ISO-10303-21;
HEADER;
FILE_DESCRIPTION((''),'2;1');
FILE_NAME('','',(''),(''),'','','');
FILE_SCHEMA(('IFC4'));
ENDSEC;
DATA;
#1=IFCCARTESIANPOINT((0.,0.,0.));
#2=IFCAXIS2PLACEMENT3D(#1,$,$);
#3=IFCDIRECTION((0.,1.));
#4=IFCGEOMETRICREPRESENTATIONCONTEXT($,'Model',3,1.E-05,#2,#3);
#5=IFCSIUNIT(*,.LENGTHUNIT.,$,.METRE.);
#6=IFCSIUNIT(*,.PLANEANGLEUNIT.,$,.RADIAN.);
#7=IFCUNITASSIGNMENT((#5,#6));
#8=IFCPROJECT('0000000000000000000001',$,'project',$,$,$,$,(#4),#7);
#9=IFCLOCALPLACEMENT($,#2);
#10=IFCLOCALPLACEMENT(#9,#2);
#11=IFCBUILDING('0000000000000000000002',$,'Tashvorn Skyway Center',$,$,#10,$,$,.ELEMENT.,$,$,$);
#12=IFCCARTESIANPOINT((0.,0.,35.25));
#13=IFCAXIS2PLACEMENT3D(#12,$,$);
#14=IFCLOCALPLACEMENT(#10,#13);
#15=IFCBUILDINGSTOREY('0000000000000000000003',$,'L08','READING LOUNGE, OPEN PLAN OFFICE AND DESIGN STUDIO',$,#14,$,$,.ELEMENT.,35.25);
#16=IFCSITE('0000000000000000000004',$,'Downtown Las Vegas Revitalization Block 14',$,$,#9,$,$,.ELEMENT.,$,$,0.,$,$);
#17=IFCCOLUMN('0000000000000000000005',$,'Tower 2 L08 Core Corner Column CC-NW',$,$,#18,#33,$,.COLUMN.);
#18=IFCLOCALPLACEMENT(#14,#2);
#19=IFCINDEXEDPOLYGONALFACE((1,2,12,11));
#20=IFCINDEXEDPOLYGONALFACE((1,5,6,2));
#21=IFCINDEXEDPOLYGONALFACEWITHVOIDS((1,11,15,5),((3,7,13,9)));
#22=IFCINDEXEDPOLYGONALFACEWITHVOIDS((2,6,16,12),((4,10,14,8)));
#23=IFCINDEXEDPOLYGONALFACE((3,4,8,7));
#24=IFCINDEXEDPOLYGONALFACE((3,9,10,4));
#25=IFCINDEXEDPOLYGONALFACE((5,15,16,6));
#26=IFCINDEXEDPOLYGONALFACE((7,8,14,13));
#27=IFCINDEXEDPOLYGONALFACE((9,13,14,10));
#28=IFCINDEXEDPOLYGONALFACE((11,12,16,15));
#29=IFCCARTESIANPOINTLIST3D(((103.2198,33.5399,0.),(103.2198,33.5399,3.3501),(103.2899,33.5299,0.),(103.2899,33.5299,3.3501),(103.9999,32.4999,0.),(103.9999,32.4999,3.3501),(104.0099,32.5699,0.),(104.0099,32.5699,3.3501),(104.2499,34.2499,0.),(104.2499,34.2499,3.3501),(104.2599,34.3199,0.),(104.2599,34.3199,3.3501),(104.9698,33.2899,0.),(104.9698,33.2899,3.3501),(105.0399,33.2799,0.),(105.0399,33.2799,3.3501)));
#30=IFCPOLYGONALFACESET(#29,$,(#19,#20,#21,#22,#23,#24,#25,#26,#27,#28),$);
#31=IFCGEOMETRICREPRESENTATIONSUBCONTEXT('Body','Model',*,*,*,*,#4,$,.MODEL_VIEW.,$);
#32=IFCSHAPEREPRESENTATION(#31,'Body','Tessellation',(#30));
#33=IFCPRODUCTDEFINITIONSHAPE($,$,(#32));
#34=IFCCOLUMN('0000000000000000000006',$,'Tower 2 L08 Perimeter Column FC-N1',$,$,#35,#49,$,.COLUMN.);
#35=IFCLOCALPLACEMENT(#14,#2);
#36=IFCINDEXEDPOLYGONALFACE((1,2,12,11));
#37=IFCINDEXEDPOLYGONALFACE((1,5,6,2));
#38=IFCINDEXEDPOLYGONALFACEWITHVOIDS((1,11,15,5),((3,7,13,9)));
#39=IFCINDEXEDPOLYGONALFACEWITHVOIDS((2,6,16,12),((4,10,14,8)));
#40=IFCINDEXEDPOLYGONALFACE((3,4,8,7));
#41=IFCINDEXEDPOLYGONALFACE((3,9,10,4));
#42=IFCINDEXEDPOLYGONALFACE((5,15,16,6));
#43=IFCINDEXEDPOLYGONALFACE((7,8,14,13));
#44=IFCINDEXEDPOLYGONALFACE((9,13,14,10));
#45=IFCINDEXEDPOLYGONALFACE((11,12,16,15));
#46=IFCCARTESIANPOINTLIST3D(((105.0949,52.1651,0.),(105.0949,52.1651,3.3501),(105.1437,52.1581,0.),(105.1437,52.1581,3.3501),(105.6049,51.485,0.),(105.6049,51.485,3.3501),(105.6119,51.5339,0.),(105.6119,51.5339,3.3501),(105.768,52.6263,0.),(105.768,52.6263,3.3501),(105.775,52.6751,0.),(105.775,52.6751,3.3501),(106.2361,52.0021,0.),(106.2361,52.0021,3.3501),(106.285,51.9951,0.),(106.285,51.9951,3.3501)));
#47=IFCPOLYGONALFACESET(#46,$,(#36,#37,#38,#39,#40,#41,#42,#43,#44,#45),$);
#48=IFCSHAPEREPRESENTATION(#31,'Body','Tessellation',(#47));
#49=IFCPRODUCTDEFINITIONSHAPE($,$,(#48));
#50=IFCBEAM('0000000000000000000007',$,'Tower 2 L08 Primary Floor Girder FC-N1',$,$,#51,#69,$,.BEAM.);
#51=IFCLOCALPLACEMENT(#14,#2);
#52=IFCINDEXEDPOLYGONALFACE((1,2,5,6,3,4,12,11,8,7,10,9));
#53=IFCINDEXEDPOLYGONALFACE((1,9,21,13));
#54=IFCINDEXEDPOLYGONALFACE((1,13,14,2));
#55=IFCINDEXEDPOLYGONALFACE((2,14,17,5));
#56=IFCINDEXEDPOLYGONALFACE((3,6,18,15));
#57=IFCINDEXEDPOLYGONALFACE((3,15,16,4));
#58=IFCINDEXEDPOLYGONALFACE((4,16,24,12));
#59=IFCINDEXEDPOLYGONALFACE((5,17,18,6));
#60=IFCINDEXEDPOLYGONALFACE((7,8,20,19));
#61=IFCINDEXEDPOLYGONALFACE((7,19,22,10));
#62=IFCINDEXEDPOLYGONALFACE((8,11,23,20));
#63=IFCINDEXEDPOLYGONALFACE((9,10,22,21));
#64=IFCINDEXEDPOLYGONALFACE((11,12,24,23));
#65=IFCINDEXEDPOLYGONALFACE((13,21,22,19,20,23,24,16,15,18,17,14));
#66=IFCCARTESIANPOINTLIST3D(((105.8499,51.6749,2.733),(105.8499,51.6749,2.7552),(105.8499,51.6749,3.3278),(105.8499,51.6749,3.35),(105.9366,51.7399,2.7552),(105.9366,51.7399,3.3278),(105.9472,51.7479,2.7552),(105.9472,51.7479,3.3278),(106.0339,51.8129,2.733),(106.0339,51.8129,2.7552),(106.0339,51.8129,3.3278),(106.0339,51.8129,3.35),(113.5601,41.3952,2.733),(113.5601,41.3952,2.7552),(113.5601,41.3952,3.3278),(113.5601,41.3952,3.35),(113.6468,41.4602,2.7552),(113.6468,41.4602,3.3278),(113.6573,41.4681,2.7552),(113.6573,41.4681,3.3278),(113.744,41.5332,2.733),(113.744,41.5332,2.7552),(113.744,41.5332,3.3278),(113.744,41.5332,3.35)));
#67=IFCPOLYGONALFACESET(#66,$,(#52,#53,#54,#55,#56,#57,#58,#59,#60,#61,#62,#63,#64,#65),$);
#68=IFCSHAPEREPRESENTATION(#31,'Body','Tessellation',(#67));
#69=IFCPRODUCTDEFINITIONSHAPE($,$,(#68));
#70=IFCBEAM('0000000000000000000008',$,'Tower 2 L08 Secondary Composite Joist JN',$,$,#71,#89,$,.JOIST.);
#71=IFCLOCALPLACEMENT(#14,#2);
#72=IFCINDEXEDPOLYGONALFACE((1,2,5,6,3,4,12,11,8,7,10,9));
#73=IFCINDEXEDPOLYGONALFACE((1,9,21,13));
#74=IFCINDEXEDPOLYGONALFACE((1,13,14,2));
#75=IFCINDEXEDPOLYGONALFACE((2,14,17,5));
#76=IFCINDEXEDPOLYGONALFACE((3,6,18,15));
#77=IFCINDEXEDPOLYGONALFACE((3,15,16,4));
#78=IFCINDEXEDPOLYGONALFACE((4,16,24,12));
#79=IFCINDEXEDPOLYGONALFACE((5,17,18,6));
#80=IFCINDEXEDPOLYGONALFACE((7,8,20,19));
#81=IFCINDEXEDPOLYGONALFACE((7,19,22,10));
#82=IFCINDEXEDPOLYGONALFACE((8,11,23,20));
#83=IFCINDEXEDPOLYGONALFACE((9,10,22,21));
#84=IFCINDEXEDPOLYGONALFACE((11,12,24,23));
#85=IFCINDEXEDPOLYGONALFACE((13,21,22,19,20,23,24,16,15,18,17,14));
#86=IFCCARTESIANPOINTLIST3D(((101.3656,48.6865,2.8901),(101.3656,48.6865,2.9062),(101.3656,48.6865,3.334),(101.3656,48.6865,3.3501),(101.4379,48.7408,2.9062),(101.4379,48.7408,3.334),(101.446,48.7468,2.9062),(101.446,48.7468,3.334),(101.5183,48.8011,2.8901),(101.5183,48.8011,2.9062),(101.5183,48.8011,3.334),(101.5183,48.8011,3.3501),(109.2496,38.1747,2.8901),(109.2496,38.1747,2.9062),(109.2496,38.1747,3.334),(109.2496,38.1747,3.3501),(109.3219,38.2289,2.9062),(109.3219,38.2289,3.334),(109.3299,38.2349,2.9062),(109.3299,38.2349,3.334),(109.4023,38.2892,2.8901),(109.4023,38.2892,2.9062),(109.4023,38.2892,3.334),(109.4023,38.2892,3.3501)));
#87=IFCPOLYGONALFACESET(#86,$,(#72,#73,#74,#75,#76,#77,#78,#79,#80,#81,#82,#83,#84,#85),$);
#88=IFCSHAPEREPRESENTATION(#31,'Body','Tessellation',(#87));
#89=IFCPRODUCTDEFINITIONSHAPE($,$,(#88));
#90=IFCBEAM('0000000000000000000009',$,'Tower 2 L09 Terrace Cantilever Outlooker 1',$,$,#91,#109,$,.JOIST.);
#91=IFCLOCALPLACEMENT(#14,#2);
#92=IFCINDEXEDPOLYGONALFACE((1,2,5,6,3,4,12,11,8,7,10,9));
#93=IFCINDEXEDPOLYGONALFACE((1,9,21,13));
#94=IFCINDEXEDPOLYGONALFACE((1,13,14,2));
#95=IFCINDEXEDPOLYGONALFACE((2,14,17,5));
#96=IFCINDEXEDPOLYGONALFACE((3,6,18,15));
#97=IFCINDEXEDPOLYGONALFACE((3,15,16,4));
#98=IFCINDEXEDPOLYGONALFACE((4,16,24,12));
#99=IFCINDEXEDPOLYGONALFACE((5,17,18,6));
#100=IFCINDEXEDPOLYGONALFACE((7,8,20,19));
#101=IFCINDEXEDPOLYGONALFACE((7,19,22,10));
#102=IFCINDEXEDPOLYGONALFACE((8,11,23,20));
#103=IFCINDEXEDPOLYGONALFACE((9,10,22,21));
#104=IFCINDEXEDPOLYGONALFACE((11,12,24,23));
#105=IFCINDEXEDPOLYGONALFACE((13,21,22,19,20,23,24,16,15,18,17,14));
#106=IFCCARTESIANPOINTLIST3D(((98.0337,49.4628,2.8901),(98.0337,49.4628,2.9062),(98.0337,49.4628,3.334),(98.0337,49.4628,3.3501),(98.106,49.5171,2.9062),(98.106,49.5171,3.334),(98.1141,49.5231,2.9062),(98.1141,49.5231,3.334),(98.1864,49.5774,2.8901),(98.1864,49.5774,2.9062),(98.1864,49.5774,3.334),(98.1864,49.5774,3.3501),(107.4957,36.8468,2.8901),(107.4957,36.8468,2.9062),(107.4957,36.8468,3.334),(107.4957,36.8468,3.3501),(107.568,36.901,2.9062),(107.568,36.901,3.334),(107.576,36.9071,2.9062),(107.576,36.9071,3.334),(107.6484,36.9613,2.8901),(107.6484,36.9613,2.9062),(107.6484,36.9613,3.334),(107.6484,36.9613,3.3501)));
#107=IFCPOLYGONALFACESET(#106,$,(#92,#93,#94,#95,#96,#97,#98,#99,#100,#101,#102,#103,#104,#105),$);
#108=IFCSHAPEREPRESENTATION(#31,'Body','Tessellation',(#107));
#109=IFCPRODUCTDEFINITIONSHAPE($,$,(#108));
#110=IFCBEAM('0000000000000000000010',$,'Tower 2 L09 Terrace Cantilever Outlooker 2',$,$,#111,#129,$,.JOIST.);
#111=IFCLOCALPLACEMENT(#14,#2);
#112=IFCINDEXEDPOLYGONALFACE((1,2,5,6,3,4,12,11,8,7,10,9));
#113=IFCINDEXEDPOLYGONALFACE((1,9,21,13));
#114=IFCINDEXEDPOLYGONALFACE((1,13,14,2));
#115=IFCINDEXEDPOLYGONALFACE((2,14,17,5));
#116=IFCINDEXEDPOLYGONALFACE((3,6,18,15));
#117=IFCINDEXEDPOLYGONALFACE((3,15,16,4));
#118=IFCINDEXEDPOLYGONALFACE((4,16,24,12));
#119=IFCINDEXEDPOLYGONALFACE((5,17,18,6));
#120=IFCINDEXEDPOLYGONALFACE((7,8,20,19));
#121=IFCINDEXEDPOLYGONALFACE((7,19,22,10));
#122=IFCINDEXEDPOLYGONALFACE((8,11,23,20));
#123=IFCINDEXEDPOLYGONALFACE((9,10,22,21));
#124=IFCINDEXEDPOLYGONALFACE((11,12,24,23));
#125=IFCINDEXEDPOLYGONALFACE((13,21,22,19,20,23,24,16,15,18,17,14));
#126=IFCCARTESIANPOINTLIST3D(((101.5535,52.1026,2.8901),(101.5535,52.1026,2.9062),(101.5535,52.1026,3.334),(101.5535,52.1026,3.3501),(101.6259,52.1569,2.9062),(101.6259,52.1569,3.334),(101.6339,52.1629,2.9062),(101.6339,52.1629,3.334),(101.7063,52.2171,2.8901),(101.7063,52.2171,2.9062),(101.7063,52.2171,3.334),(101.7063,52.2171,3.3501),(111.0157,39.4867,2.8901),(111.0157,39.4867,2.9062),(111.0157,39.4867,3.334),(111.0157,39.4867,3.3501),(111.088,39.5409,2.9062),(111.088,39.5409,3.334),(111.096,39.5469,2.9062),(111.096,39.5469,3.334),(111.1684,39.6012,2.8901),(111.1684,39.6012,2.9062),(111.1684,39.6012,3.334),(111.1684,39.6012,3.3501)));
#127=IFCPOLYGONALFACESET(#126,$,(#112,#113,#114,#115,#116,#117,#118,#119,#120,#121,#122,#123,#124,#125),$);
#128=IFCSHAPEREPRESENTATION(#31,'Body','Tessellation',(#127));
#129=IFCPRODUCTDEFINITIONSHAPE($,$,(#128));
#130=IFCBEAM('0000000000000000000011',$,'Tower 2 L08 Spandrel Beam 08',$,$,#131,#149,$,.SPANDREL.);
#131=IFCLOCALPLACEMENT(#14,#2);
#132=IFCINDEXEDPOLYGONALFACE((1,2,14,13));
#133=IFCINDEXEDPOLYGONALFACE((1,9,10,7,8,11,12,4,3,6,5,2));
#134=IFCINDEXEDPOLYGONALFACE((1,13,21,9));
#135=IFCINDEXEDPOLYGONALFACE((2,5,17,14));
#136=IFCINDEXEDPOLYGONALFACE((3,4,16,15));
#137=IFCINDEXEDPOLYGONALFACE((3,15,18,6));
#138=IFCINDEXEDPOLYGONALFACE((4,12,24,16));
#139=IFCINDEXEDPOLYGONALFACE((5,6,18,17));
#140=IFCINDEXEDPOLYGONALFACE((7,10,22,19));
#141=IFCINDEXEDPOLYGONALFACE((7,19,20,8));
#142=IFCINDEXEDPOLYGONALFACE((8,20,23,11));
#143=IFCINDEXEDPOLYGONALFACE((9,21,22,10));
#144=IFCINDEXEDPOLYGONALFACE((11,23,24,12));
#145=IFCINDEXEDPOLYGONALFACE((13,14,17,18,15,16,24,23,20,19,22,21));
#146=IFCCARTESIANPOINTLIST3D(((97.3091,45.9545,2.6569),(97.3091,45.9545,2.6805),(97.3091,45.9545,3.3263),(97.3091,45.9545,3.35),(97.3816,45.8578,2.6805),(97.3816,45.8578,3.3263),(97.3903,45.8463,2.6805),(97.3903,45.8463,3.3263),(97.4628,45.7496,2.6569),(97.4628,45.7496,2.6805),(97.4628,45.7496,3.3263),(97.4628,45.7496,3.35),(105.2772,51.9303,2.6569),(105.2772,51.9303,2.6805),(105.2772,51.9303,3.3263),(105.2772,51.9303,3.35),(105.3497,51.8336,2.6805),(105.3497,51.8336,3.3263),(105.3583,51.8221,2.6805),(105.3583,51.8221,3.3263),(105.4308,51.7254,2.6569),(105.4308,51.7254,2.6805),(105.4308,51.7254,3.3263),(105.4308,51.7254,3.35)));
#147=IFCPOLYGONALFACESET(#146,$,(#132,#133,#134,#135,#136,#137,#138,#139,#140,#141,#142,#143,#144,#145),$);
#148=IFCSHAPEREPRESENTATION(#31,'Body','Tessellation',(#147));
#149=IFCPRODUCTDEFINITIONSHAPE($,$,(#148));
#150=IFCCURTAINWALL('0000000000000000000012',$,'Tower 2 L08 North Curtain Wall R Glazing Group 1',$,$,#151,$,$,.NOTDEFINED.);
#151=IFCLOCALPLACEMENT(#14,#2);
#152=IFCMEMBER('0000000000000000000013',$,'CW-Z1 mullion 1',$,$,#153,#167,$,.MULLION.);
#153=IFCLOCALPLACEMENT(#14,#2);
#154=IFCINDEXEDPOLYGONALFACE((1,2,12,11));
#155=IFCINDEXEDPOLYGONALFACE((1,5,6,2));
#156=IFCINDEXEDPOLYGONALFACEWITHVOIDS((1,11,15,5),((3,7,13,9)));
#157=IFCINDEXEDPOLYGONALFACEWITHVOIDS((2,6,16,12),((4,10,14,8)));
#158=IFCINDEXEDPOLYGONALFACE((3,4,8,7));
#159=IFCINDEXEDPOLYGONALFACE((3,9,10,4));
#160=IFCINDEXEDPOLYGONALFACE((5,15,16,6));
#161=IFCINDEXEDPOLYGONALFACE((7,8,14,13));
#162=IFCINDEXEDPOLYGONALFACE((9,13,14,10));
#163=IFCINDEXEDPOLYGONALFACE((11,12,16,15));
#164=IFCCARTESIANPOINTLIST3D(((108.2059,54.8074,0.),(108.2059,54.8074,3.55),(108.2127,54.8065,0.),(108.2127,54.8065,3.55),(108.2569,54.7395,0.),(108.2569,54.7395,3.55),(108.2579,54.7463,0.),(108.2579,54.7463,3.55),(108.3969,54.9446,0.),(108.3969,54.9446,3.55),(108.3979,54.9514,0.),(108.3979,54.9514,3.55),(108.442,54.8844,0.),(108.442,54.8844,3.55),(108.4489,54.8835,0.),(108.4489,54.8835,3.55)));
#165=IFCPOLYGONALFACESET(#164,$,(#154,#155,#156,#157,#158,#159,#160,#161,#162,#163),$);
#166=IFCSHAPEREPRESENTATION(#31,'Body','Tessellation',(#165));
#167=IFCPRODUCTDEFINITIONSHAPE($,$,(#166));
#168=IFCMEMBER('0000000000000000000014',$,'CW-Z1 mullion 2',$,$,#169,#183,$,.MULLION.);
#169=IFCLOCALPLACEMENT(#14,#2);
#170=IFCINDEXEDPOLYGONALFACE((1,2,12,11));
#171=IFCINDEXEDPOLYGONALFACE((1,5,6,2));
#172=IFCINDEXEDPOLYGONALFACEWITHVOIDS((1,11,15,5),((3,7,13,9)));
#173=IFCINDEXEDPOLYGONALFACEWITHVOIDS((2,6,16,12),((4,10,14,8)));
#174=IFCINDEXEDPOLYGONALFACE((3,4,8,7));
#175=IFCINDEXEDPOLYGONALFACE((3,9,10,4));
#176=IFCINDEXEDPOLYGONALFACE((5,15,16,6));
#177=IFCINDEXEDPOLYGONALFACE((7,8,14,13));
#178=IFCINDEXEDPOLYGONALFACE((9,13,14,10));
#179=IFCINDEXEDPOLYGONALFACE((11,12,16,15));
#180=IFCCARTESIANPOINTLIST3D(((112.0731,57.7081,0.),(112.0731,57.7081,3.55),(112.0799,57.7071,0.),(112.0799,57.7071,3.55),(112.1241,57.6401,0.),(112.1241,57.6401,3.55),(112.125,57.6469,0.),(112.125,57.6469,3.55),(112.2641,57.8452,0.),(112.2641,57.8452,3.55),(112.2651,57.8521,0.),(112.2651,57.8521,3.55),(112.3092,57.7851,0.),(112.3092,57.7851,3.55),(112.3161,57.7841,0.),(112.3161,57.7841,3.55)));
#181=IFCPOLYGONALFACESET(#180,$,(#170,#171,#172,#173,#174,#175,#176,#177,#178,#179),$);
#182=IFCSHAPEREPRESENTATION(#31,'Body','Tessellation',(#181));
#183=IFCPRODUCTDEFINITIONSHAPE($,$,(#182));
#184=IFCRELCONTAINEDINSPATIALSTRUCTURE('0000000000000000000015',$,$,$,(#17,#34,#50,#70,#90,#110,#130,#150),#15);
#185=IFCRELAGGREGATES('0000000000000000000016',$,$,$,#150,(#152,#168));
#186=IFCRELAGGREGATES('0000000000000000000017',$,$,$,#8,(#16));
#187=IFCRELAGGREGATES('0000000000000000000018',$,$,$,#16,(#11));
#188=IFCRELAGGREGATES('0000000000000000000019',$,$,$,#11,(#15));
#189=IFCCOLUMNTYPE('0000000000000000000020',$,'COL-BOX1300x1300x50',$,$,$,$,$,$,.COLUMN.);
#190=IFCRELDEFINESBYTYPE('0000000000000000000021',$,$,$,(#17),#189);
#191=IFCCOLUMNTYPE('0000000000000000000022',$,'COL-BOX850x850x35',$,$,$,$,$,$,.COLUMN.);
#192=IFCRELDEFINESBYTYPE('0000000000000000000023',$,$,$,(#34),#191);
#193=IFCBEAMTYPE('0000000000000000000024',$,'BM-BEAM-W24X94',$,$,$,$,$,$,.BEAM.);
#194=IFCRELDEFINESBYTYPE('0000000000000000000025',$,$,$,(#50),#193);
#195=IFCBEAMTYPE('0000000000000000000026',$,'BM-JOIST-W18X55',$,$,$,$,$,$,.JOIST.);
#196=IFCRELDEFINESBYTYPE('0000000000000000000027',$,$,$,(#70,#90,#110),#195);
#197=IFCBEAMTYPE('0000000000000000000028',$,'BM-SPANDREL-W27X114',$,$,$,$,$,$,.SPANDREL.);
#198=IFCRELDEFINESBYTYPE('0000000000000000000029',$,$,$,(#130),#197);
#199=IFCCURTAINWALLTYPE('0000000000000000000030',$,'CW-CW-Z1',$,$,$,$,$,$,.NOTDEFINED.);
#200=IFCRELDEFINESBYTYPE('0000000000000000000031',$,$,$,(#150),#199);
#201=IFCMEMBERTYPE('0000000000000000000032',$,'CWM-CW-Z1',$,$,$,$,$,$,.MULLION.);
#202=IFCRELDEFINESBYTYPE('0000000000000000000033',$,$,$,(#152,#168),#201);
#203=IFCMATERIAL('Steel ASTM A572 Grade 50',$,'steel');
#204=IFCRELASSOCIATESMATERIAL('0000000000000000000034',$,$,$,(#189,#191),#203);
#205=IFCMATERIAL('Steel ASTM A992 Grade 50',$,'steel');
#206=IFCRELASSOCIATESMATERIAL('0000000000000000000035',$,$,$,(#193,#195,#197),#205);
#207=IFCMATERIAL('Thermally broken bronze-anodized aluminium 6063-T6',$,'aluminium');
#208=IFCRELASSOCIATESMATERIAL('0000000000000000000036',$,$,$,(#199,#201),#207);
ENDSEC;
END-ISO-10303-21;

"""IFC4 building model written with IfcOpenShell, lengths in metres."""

from ifc_helpers import new_model, si_unit, direction, frame, origin, origin_2d, place, context, subcontext, project, spatial, hollow_rectangle, i_section, extrude, material, material_profile, profile_set, type_object, element, aggregate, save


model = new_model("IFC4")

# Units and contexts
model_context = context("Model", 3, precision=1e-05, world=origin(), true_north=direction((0.0, 1.0)))
body_context = subcontext(model_context, "Body", "Model", "MODEL_VIEW")
ifc_project = project(units=[si_unit("LENGTHUNIT", "METRE"), si_unit("PLANEANGLEUNIT", "RADIAN")], contexts=[model_context])

# Site, building, storey
site_placement = place(None, origin())
site = spatial("IfcSite", under=ifc_project, at=site_placement, Name="Downtown Las Vegas Revitalization Block 14", CompositionType="ELEMENT", RefElevation=0.0)
building_placement = place(site_placement, origin())
building = spatial("IfcBuilding", under=site, at=building_placement, Name="Tashvorn Skyway Center", CompositionType="ELEMENT")
storey_placement = place(building_placement, frame((0.0, 0.0, 35.25)))
storey = spatial("IfcBuildingStorey", under=building, at=storey_placement, Name="L08", Description="READING LOUNGE, OPEN PLAN OFFICE AND DESIGN STUDIO", CompositionType="ELEMENT", Elevation=35.25)

# Columns
ifc_material_1 = material(Name="Steel ASTM A572 Grade 50", Category="steel")
ifc_material_profile_1 = material_profile(ifc_material_1, hollow_rectangle(XDim=1.3, YDim=1.3, WallThickness=0.05, at=origin_2d()), Name="BOX1300x1300x50")
ifc_profile_set_1 = profile_set([ifc_material_profile_1], Name="Steel ASTM A572 Grade 50")
column_type_1 = type_object("IfcColumnType", Name="COL-BOX1300x1300x50", PredefinedType="COLUMN", material=ifc_profile_set_1)
column_1_placement = place(storey_placement, frame((104.1299, 33.4099, 0.0), z_axis=(0.0, 0.0, 1.0), x_axis=(0.8, 0.6, 0.0)))
element("IfcColumn", 1, at=column_1_placement, inside=storey, type_object=column_type_1, Name="Tower 2 L08 Core Corner Column CC-NW", PredefinedType="COLUMN", context=body_context, shape_type="SweptSolid", body=[
    extrude(hollow_rectangle(XDim=1.3, YDim=1.3, WallThickness=0.05, at=origin_2d()), origin(), (0.0, 0.0, 1.0), 3.3501),
])
ifc_material_profile_2 = material_profile(ifc_material_1, hollow_rectangle(XDim=0.8501, YDim=0.8501, WallThickness=0.0349, at=origin_2d()), Name="BOX850x850x35")
ifc_profile_set_2 = profile_set([ifc_material_profile_2], Name="Steel ASTM A572 Grade 50")
column_type_2 = type_object("IfcColumnType", Name="COL-BOX850x850x35", PredefinedType="COLUMN", material=ifc_profile_set_2)
column_2_placement = place(storey_placement, frame((105.6899, 52.0801, 0.0), z_axis=(0.0, 0.0, 1.0), x_axis=(0.8, 0.6, 0.0)))
element("IfcColumn", 2, at=column_2_placement, inside=storey, type_object=column_type_2, Name="Tower 2 L08 Perimeter Column FC-N1", PredefinedType="COLUMN", context=body_context, shape_type="SweptSolid", body=[
    extrude(hollow_rectangle(XDim=0.8501, YDim=0.8501, WallThickness=0.0349, at=origin_2d()), origin(), (0.0, 0.0, 1.0), 3.3501),
])

# Beams
ifc_material_2 = material(Name="Steel ASTM A992 Grade 50", Category="steel")
ifc_material_profile_3 = material_profile(ifc_material_2, i_section(OverallWidth=0.23, OverallDepth=0.6169, WebThickness=0.0132, FlangeThickness=0.0222, at=origin_2d()), Name="W24X94")
ifc_profile_set_3 = profile_set([ifc_material_profile_3], Name="Steel ASTM A992 Grade 50")
beam_type_1 = type_object("IfcBeamType", Name="BM-BEAM-W24X94", PredefinedType="BEAM", material=ifc_profile_set_3)
beam_1_placement = place(storey_placement, frame((105.9419, 51.7439, 3.0415), z_axis=(0.600018, -0.799986, 0.0), x_axis=(0.799986, 0.600018, 0.0)))
element("IfcBeam", 3, at=beam_1_placement, inside=storey, type_object=beam_type_1, Name="Tower 2 L08 Primary Floor Girder FC-N1", PredefinedType="BEAM", context=body_context, shape_type="SweptSolid", body=[
    extrude(i_section(OverallWidth=0.23, OverallDepth=0.6169, WebThickness=0.0132, FlangeThickness=0.0222, at=origin_2d()), origin(), (0.0, 0.0, 1.0), 12.8499),
])
ifc_material_profile_4 = material_profile(ifc_material_2, i_section(OverallWidth=0.1909, OverallDepth=0.46, WebThickness=0.01, FlangeThickness=0.0161, at=origin_2d()), Name="W18X55")
ifc_profile_set_4 = profile_set([ifc_material_profile_4], Name="Steel ASTM A992 Grade 50")
beam_type_2 = type_object("IfcBeamType", Name="BM-JOIST-W18X55", PredefinedType="JOIST", material=ifc_profile_set_4)
beam_2_placement = place(storey_placement, frame((109.3259, 38.2319, 3.1201), z_axis=(-0.600003, 0.799998, 0.0), x_axis=(-0.799998, -0.600003, 0.0)))
element("IfcBeam", 4, at=beam_2_placement, inside=storey, type_object=beam_type_2, Name="Tower 2 L08 Secondary Composite Joist JN", PredefinedType="JOIST", context=body_context, shape_type="SweptSolid", body=[
    extrude(i_section(OverallWidth=0.1909, OverallDepth=0.46, WebThickness=0.01, FlangeThickness=0.0161, at=origin_2d()), origin(), (0.0, 0.0, 1.0), 13.1399),
])
for number, where, z_axis, x_axis, name in (
    (5, (107.572, 36.9041, 3.1201), (-0.599998, 0.800002, 0.0), (-0.800002, -0.599998, 0.0), "Tower 2 L09 Terrace Cantilever Outlooker 1"),
    (6, (111.092, 39.5439, 3.1201), (-0.600007, 0.799994, 0.0), (-0.799994, -0.600007, 0.0), "Tower 2 L09 Terrace Cantilever Outlooker 2"),
):
    element("IfcBeam", number, at=place(storey_placement, frame(where, z_axis=z_axis, x_axis=x_axis)), inside=storey, type_object=beam_type_2, Name=name, PredefinedType="JOIST", context=body_context, shape_type="SweptSolid", body=[
        extrude(i_section(OverallWidth=0.1909, OverallDepth=0.46, WebThickness=0.01, FlangeThickness=0.0161, at=origin_2d()), origin(), (0.0, 0.0, 1.0), 15.77),
    ])
ifc_material_profile_5 = material_profile(ifc_material_2, i_section(OverallWidth=0.2561, OverallDepth=0.6931, WebThickness=0.0144, FlangeThickness=0.0237, at=origin_2d()), Name="W27X114")
ifc_profile_set_5 = profile_set([ifc_material_profile_5], Name="Steel ASTM A992 Grade 50")
beam_type_3 = type_object("IfcBeamType", Name="BM-SPANDREL-W27X114", PredefinedType="SPANDREL", material=ifc_profile_set_5)
beam_3_placement = place(storey_placement, frame((105.354, 51.8279, 3.0034), z_axis=(-0.800009, -0.599988, 0.0), x_axis=(0.599988, -0.800009, 0.0)))
element("IfcBeam", 7, at=beam_3_placement, inside=storey, type_object=beam_type_3, Name="Tower 2 L08 Spandrel Beam 08", PredefinedType="SPANDREL", context=body_context, shape_type="SweptSolid", body=[
    extrude(i_section(OverallWidth=0.2561, OverallDepth=0.6931, WebThickness=0.0144, FlangeThickness=0.0237, at=origin_2d()), origin(), (0.0, 0.0, 1.0), 9.96),
])

# Curtain wall, members
ifc_material_3 = material(Name="Thermally broken bronze-anodized aluminium 6063-T6", Category="aluminium")
curtain_wall_type = type_object("IfcCurtainWallType", Name="CW-CW-Z1", PredefinedType="NOTDEFINED", material=ifc_material_3)
curtain_wall_placement = place(storey_placement, origin())
curtain_wall = element("IfcCurtainWall", 8, at=curtain_wall_placement, inside=storey, type_object=curtain_wall_type, Name="Tower 2 L08 North Curtain Wall R Glazing Group 1", PredefinedType="NOTDEFINED")
ifc_material_profile_6 = material_profile(ifc_material_3, hollow_rectangle(XDim=0.085, YDim=0.24, WallThickness=0.0049, at=origin_2d()), Name="ALU-MULL-85x240")
ifc_profile_set_6 = profile_set([ifc_material_profile_6], Name="Thermally broken bronze-anodized aluminium 6063-T6")
member_type_1 = type_object("IfcMemberType", Name="CWM-CW-Z1", PredefinedType="MULLION", material=ifc_profile_set_6)
member_1_placement = place(storey_placement, frame((108.3274, 54.8455, 0.0), z_axis=(0.0, 0.0, 1.0), x_axis=(-0.599998, 0.800001, 0.0)))
member_1 = element("IfcMember", 9, at=member_1_placement, type_object=member_type_1, Name="CW-Z1 mullion 1", PredefinedType="MULLION", context=body_context, shape_type="SweptSolid", body=[
    extrude(hollow_rectangle(XDim=0.085, YDim=0.24, WallThickness=0.0049, at=origin_2d()), origin(), (0.0, 0.0, 1.0), 3.55),
])
member_2_placement = place(storey_placement, frame((112.1946, 57.7461, 0.0), z_axis=(0.0, 0.0, 1.0), x_axis=(-0.599998, 0.800001, 0.0)))
member_2 = element("IfcMember", 10, at=member_2_placement, type_object=member_type_1, Name="CW-Z1 mullion 2", PredefinedType="MULLION", context=body_context, shape_type="SweptSolid", body=[
    extrude(hollow_rectangle(XDim=0.085, YDim=0.24, WallThickness=0.0049, at=origin_2d()), origin(), (0.0, 0.0, 1.0), 3.55),
])
aggregate(curtain_wall, [member_1, member_2])

save(model, "model.ifc")
